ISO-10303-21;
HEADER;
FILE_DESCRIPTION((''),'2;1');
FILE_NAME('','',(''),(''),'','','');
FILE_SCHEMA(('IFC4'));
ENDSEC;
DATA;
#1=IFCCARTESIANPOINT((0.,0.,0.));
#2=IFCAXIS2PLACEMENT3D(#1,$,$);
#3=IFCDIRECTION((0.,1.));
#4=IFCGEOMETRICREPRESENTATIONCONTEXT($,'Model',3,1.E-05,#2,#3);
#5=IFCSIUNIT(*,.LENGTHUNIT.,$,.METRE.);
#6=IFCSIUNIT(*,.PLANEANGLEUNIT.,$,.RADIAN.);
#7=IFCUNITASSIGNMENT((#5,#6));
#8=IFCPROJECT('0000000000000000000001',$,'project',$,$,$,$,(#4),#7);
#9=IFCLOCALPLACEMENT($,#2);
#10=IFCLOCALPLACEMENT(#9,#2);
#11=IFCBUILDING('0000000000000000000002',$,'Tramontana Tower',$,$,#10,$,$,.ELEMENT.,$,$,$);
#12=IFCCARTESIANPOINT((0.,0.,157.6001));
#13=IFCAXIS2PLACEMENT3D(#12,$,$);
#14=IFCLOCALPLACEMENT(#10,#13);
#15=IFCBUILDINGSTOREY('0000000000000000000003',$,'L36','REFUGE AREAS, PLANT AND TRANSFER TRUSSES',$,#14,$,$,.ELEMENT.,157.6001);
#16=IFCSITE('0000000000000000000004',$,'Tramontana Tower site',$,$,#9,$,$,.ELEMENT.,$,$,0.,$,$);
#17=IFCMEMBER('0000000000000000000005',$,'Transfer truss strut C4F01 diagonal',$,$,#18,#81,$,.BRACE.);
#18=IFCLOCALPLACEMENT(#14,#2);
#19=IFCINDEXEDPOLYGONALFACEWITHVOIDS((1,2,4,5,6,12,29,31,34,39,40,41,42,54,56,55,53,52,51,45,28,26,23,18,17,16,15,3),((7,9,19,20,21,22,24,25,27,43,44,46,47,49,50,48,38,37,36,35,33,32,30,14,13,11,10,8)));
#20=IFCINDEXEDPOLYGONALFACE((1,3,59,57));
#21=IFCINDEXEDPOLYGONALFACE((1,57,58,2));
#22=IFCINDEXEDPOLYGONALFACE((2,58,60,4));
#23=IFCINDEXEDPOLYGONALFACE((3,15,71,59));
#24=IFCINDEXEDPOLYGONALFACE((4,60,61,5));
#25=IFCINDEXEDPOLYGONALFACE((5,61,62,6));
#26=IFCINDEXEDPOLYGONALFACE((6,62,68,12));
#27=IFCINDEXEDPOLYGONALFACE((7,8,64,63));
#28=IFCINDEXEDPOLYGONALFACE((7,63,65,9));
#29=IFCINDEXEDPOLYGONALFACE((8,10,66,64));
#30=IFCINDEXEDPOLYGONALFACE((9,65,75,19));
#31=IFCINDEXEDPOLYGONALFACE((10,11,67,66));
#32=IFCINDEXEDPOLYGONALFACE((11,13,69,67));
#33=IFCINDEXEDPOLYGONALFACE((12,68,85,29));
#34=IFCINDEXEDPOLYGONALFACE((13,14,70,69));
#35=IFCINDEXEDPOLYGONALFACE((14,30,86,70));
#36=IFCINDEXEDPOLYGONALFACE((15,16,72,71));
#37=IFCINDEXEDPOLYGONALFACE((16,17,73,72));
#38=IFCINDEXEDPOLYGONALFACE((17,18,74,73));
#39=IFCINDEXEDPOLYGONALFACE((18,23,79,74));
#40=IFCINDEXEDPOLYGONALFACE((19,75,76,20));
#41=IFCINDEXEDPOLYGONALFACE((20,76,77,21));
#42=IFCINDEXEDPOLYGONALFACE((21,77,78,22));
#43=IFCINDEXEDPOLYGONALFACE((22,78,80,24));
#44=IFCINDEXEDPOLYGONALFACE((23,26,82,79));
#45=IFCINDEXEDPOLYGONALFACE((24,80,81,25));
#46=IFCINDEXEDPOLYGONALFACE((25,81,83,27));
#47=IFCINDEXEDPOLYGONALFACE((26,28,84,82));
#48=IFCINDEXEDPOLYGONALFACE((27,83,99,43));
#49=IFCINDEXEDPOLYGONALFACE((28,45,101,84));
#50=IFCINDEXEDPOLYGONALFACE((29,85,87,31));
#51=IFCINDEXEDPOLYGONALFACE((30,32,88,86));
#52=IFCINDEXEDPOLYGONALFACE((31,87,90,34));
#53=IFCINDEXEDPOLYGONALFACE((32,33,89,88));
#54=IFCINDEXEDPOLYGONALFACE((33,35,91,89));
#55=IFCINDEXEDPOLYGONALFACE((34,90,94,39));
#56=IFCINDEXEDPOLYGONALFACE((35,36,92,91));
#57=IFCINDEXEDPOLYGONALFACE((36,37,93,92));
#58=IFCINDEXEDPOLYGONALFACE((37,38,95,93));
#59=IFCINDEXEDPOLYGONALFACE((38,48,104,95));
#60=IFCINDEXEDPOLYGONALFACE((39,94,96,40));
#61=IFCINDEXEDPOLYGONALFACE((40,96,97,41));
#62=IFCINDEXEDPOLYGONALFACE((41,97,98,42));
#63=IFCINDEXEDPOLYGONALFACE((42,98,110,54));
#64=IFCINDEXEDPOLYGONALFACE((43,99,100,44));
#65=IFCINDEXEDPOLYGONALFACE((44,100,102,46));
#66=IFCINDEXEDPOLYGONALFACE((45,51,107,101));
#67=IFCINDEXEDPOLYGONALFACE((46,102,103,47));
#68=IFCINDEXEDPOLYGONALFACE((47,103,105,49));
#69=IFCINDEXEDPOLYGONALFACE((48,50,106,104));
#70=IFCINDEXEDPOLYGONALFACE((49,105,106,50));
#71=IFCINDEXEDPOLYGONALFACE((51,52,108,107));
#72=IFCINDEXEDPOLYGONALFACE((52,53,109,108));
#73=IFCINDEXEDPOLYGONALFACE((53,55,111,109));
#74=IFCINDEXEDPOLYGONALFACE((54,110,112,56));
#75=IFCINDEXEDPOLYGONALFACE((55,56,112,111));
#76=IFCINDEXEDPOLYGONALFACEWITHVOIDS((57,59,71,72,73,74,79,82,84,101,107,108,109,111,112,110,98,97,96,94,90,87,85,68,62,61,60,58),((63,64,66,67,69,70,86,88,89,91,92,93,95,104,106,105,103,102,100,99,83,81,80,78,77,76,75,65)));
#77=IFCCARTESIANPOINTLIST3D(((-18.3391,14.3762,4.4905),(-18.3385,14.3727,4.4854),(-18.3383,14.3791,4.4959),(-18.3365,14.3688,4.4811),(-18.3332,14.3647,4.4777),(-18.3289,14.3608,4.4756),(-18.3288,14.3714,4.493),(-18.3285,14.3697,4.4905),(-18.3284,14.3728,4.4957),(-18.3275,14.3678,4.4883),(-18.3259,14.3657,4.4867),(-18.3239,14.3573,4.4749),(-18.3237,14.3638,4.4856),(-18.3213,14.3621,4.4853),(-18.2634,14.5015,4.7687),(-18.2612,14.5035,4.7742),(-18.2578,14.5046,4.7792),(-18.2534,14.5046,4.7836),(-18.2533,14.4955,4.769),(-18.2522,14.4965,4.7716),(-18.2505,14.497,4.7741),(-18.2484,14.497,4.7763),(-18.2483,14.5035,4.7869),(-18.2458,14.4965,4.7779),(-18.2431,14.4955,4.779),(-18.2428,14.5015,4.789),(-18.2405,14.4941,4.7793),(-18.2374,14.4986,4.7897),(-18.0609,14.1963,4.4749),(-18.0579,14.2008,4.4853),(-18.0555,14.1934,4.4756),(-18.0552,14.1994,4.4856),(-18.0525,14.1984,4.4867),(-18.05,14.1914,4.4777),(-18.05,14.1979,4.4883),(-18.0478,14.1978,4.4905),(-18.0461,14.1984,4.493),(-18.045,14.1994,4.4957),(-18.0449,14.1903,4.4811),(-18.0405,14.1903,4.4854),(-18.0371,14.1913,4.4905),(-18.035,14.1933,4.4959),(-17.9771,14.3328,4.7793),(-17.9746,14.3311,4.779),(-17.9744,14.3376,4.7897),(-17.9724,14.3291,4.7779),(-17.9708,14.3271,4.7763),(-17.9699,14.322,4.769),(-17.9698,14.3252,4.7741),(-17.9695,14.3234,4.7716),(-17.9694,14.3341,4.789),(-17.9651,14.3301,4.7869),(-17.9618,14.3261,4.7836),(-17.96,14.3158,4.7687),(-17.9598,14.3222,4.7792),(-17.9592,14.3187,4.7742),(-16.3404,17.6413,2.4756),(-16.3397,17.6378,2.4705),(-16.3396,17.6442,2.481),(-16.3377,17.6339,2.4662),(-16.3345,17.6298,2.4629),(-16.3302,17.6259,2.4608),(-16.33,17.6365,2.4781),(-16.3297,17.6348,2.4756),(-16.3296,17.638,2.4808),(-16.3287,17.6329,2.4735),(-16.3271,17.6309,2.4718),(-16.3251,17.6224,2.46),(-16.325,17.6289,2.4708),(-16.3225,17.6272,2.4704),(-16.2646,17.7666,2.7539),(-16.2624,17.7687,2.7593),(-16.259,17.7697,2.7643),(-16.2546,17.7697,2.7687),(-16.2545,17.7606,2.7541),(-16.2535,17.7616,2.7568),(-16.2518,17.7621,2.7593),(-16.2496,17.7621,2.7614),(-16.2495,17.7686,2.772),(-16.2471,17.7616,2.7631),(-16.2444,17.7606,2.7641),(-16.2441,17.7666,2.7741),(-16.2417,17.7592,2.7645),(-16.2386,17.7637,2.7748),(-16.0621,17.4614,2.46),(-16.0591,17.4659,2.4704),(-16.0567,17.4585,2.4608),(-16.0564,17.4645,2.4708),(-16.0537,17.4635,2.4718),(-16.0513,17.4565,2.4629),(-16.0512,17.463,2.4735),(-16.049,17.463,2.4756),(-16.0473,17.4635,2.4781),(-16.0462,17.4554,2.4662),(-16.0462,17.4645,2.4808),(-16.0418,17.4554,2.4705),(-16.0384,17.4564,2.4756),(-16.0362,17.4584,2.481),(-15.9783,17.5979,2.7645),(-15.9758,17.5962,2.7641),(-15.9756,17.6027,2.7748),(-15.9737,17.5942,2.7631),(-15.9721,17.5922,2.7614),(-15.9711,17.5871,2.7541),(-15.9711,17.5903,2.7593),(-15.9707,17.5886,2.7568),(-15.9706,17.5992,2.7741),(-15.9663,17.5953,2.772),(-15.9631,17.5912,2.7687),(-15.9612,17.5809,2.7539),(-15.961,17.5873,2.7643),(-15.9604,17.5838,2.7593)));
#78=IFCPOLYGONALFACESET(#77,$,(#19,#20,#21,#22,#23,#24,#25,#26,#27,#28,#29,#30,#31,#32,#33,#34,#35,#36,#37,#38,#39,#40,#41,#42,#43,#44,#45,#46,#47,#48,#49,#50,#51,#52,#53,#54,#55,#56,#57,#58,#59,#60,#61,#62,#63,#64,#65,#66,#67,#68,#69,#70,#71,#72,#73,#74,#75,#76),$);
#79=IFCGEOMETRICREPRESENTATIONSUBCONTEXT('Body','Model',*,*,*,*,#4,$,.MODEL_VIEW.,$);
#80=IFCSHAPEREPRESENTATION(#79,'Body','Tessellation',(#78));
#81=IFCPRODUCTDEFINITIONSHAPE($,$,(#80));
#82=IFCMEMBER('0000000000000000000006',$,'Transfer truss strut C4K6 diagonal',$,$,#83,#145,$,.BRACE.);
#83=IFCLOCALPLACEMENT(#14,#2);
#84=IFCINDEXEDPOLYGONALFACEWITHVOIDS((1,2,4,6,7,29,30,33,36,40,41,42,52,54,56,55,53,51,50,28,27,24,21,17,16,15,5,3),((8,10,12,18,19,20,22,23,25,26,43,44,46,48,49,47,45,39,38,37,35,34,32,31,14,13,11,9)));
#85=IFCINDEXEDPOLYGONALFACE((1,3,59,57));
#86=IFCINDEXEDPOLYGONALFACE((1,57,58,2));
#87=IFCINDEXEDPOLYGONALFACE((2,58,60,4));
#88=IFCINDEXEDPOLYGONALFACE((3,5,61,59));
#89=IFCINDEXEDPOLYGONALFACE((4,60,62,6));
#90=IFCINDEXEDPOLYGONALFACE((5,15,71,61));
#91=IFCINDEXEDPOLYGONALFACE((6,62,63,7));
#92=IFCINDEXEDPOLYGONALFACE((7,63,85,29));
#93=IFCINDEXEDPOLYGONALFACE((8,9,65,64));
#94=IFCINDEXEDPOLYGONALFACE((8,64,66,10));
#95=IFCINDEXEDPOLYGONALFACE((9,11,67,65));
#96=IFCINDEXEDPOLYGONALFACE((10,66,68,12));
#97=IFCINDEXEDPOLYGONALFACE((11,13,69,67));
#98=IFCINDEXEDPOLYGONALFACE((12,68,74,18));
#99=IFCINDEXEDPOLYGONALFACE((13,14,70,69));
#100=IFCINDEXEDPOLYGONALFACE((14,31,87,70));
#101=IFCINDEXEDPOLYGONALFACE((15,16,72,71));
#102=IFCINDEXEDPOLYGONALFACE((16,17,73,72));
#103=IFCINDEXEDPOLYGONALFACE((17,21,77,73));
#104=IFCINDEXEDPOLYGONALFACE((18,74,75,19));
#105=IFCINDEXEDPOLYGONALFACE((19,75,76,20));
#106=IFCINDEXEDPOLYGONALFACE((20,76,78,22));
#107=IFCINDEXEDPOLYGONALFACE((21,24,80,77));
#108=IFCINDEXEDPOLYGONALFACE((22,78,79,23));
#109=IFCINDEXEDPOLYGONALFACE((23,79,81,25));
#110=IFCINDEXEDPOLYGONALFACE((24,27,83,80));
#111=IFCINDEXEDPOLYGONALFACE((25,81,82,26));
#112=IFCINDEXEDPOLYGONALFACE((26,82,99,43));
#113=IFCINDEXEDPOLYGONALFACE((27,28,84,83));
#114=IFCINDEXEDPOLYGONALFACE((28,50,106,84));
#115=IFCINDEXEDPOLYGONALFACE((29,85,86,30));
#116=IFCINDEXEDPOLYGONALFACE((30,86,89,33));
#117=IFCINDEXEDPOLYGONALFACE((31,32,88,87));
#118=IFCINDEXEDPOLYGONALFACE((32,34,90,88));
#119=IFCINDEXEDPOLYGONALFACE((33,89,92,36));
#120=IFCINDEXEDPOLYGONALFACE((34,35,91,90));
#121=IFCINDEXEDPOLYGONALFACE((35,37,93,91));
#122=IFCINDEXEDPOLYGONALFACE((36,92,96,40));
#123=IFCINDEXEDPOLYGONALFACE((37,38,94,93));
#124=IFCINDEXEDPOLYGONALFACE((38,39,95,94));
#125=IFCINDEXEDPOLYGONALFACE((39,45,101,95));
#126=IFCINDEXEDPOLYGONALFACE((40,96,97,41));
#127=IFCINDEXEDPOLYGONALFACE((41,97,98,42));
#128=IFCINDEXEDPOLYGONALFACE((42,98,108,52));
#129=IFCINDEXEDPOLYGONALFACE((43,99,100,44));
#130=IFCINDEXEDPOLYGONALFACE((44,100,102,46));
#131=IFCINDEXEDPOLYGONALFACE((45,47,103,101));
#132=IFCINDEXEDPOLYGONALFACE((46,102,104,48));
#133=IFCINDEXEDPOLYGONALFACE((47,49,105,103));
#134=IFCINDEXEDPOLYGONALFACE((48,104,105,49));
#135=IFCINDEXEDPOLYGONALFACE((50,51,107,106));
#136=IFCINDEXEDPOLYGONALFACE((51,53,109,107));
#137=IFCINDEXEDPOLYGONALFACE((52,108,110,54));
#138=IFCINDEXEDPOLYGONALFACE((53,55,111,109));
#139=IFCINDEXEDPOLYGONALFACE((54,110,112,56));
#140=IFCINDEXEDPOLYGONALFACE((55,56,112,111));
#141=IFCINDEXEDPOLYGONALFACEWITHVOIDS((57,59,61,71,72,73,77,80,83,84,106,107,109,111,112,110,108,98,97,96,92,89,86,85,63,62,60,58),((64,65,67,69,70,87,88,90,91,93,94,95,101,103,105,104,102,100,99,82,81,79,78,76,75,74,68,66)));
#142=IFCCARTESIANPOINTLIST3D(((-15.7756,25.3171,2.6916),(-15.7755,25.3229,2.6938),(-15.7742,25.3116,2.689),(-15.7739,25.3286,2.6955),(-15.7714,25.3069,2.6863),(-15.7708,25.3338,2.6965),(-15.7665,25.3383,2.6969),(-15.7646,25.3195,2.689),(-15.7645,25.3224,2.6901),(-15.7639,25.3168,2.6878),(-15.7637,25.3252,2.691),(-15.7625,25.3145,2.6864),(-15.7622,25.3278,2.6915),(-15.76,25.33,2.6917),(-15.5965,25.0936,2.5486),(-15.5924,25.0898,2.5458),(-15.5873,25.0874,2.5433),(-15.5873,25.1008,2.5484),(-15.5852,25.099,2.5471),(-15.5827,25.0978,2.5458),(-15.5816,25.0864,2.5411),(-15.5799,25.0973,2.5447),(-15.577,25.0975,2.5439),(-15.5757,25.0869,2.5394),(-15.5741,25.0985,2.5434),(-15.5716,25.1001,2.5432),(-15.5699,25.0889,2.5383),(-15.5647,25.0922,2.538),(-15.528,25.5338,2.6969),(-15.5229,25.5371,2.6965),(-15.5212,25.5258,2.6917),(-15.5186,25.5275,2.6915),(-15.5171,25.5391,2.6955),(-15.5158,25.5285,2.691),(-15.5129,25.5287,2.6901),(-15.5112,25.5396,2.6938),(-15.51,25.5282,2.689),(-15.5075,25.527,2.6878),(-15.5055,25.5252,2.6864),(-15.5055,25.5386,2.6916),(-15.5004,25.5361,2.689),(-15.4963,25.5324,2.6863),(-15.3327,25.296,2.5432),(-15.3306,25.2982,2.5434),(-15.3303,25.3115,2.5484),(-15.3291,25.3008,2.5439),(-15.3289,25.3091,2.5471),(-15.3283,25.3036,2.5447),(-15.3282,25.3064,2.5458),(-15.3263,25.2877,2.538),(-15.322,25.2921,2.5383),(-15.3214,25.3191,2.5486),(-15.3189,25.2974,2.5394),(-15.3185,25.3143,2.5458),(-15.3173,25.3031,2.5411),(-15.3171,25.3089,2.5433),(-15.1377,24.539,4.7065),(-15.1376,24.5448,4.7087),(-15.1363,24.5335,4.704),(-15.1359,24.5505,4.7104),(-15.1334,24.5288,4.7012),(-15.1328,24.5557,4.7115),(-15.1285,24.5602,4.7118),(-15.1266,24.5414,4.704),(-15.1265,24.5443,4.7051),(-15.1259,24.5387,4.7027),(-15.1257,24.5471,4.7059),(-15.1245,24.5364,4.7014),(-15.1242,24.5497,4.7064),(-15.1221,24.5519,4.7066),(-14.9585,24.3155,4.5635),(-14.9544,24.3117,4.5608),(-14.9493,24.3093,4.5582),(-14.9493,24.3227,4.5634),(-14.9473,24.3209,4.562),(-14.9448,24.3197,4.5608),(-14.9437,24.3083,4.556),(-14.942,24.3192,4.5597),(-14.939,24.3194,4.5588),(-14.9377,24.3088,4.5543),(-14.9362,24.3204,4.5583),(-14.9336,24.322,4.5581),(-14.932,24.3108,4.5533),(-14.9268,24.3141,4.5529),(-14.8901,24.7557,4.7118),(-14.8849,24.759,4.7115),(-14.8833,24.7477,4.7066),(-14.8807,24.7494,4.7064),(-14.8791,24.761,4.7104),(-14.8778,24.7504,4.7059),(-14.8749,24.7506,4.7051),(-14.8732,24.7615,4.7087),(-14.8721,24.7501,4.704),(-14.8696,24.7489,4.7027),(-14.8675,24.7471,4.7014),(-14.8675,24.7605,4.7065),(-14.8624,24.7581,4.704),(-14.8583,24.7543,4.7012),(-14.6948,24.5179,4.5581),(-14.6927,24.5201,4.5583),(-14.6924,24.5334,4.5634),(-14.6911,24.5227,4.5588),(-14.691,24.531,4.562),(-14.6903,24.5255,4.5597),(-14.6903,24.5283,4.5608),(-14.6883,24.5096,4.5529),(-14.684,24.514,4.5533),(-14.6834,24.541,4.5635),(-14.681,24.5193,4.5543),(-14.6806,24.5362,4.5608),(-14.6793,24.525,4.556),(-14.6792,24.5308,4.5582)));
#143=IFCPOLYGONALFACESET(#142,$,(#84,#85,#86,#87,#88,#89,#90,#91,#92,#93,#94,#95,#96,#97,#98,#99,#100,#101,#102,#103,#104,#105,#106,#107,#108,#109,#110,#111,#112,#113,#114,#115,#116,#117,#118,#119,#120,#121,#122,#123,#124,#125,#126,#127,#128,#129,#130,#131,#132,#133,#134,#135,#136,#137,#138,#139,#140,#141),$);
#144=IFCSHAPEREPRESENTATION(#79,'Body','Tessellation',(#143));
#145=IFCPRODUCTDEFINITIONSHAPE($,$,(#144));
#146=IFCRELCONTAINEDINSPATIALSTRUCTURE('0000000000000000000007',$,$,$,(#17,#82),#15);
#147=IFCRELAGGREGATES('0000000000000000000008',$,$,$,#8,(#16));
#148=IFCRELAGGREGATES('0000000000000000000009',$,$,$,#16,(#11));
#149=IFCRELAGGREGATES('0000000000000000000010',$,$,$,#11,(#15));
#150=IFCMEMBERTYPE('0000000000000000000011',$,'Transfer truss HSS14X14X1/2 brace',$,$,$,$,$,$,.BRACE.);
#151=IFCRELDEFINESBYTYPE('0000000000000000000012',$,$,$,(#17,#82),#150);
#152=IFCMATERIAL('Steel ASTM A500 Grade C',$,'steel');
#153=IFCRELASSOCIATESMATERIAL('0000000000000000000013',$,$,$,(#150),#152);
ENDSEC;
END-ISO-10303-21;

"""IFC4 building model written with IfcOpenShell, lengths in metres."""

from ifc_helpers import new_model, si_unit, direction, frame, origin, origin_2d, place, context, subcontext, project, spatial, hollow_rectangle, extrude, material, material_profile, profile_set, type_object, element, save


model = new_model("IFC4")

# Units and contexts
model_context = context("Model", 3, precision=1e-05, world=origin(), true_north=direction((0.0, 1.0)))
body_context = subcontext(model_context, "Body", "Model", "MODEL_VIEW")
ifc_project = project(units=[si_unit("LENGTHUNIT", "METRE"), si_unit("PLANEANGLEUNIT", "RADIAN")], contexts=[model_context])

# Site, building, storey
site_placement = place(None, origin())
site = spatial("IfcSite", under=ifc_project, at=site_placement, Name="Tramontana Tower site", CompositionType="ELEMENT", RefElevation=0.0)
building_placement = place(site_placement, origin())
building = spatial("IfcBuilding", under=site, at=building_placement, Name="Tramontana Tower", CompositionType="ELEMENT")
storey_placement = place(building_placement, frame((0.0, 0.0, 157.6001)))
storey = spatial("IfcBuildingStorey", under=building, at=storey_placement, Name="L36", Description="REFUGE AREAS, PLANT AND TRANSFER TRUSSES", CompositionType="ELEMENT", Elevation=157.6001)

# Members
ifc_material_1 = material(Name="Steel ASTM A500 Grade C", Category="steel")
ifc_material_profile_1 = material_profile(ifc_material_1, hollow_rectangle(XDim=0.3557, YDim=0.3557, WallThickness=0.0117, InnerFilletRadius=0.0117, OuterFilletRadius=0.0237, at=origin_2d()), Name="HSS14X14X1/2")
ifc_profile_set_1 = profile_set([ifc_material_profile_1], Name="Steel ASTM A500 Grade C")
member_type_1 = type_object("IfcMemberType", Name="Transfer truss HSS14X14X1/2 brace", PredefinedType="BRACE", material=ifc_profile_set_1)
member_1_placement = place(storey_placement, frame((-16.1504, 17.6125, 2.6174), z_axis=(-0.462017, -0.754735, 0.465742), x_axis=(0.852884, -0.5221, 0.0)))
element("IfcMember", 1, at=member_1_placement, inside=storey, type_object=member_type_1, Name="Transfer truss strut C4F01 diagonal", PredefinedType="BRACE", context=body_context, shape_type="SweptSolid", body=[
    extrude(hollow_rectangle(XDim=0.3557, YDim=0.3557, WallThickness=0.0117, InnerFilletRadius=0.0117, OuterFilletRadius=0.0237, at=origin_2d()), origin(), (0.0, 0.0, 1.0), 4.3262),
])
member_2_placement = place(storey_placement, frame((-15.5464, 25.313, 2.6174), z_axis=(0.283258, -0.345482, 0.894655), x_axis=(0.773308, 0.63403, 0.0)))
element("IfcMember", 2, at=member_2_placement, inside=storey, type_object=member_type_1, Name="Transfer truss strut C4K6 diagonal", PredefinedType="BRACE", context=body_context, shape_type="SweptSolid", body=[
    extrude(hollow_rectangle(XDim=0.3557, YDim=0.3557, WallThickness=0.0117, InnerFilletRadius=0.0117, OuterFilletRadius=0.0237, at=origin_2d()), origin(), (0.0, 0.0, 1.0), 2.2522),
])

save(model, "model.ifc")
